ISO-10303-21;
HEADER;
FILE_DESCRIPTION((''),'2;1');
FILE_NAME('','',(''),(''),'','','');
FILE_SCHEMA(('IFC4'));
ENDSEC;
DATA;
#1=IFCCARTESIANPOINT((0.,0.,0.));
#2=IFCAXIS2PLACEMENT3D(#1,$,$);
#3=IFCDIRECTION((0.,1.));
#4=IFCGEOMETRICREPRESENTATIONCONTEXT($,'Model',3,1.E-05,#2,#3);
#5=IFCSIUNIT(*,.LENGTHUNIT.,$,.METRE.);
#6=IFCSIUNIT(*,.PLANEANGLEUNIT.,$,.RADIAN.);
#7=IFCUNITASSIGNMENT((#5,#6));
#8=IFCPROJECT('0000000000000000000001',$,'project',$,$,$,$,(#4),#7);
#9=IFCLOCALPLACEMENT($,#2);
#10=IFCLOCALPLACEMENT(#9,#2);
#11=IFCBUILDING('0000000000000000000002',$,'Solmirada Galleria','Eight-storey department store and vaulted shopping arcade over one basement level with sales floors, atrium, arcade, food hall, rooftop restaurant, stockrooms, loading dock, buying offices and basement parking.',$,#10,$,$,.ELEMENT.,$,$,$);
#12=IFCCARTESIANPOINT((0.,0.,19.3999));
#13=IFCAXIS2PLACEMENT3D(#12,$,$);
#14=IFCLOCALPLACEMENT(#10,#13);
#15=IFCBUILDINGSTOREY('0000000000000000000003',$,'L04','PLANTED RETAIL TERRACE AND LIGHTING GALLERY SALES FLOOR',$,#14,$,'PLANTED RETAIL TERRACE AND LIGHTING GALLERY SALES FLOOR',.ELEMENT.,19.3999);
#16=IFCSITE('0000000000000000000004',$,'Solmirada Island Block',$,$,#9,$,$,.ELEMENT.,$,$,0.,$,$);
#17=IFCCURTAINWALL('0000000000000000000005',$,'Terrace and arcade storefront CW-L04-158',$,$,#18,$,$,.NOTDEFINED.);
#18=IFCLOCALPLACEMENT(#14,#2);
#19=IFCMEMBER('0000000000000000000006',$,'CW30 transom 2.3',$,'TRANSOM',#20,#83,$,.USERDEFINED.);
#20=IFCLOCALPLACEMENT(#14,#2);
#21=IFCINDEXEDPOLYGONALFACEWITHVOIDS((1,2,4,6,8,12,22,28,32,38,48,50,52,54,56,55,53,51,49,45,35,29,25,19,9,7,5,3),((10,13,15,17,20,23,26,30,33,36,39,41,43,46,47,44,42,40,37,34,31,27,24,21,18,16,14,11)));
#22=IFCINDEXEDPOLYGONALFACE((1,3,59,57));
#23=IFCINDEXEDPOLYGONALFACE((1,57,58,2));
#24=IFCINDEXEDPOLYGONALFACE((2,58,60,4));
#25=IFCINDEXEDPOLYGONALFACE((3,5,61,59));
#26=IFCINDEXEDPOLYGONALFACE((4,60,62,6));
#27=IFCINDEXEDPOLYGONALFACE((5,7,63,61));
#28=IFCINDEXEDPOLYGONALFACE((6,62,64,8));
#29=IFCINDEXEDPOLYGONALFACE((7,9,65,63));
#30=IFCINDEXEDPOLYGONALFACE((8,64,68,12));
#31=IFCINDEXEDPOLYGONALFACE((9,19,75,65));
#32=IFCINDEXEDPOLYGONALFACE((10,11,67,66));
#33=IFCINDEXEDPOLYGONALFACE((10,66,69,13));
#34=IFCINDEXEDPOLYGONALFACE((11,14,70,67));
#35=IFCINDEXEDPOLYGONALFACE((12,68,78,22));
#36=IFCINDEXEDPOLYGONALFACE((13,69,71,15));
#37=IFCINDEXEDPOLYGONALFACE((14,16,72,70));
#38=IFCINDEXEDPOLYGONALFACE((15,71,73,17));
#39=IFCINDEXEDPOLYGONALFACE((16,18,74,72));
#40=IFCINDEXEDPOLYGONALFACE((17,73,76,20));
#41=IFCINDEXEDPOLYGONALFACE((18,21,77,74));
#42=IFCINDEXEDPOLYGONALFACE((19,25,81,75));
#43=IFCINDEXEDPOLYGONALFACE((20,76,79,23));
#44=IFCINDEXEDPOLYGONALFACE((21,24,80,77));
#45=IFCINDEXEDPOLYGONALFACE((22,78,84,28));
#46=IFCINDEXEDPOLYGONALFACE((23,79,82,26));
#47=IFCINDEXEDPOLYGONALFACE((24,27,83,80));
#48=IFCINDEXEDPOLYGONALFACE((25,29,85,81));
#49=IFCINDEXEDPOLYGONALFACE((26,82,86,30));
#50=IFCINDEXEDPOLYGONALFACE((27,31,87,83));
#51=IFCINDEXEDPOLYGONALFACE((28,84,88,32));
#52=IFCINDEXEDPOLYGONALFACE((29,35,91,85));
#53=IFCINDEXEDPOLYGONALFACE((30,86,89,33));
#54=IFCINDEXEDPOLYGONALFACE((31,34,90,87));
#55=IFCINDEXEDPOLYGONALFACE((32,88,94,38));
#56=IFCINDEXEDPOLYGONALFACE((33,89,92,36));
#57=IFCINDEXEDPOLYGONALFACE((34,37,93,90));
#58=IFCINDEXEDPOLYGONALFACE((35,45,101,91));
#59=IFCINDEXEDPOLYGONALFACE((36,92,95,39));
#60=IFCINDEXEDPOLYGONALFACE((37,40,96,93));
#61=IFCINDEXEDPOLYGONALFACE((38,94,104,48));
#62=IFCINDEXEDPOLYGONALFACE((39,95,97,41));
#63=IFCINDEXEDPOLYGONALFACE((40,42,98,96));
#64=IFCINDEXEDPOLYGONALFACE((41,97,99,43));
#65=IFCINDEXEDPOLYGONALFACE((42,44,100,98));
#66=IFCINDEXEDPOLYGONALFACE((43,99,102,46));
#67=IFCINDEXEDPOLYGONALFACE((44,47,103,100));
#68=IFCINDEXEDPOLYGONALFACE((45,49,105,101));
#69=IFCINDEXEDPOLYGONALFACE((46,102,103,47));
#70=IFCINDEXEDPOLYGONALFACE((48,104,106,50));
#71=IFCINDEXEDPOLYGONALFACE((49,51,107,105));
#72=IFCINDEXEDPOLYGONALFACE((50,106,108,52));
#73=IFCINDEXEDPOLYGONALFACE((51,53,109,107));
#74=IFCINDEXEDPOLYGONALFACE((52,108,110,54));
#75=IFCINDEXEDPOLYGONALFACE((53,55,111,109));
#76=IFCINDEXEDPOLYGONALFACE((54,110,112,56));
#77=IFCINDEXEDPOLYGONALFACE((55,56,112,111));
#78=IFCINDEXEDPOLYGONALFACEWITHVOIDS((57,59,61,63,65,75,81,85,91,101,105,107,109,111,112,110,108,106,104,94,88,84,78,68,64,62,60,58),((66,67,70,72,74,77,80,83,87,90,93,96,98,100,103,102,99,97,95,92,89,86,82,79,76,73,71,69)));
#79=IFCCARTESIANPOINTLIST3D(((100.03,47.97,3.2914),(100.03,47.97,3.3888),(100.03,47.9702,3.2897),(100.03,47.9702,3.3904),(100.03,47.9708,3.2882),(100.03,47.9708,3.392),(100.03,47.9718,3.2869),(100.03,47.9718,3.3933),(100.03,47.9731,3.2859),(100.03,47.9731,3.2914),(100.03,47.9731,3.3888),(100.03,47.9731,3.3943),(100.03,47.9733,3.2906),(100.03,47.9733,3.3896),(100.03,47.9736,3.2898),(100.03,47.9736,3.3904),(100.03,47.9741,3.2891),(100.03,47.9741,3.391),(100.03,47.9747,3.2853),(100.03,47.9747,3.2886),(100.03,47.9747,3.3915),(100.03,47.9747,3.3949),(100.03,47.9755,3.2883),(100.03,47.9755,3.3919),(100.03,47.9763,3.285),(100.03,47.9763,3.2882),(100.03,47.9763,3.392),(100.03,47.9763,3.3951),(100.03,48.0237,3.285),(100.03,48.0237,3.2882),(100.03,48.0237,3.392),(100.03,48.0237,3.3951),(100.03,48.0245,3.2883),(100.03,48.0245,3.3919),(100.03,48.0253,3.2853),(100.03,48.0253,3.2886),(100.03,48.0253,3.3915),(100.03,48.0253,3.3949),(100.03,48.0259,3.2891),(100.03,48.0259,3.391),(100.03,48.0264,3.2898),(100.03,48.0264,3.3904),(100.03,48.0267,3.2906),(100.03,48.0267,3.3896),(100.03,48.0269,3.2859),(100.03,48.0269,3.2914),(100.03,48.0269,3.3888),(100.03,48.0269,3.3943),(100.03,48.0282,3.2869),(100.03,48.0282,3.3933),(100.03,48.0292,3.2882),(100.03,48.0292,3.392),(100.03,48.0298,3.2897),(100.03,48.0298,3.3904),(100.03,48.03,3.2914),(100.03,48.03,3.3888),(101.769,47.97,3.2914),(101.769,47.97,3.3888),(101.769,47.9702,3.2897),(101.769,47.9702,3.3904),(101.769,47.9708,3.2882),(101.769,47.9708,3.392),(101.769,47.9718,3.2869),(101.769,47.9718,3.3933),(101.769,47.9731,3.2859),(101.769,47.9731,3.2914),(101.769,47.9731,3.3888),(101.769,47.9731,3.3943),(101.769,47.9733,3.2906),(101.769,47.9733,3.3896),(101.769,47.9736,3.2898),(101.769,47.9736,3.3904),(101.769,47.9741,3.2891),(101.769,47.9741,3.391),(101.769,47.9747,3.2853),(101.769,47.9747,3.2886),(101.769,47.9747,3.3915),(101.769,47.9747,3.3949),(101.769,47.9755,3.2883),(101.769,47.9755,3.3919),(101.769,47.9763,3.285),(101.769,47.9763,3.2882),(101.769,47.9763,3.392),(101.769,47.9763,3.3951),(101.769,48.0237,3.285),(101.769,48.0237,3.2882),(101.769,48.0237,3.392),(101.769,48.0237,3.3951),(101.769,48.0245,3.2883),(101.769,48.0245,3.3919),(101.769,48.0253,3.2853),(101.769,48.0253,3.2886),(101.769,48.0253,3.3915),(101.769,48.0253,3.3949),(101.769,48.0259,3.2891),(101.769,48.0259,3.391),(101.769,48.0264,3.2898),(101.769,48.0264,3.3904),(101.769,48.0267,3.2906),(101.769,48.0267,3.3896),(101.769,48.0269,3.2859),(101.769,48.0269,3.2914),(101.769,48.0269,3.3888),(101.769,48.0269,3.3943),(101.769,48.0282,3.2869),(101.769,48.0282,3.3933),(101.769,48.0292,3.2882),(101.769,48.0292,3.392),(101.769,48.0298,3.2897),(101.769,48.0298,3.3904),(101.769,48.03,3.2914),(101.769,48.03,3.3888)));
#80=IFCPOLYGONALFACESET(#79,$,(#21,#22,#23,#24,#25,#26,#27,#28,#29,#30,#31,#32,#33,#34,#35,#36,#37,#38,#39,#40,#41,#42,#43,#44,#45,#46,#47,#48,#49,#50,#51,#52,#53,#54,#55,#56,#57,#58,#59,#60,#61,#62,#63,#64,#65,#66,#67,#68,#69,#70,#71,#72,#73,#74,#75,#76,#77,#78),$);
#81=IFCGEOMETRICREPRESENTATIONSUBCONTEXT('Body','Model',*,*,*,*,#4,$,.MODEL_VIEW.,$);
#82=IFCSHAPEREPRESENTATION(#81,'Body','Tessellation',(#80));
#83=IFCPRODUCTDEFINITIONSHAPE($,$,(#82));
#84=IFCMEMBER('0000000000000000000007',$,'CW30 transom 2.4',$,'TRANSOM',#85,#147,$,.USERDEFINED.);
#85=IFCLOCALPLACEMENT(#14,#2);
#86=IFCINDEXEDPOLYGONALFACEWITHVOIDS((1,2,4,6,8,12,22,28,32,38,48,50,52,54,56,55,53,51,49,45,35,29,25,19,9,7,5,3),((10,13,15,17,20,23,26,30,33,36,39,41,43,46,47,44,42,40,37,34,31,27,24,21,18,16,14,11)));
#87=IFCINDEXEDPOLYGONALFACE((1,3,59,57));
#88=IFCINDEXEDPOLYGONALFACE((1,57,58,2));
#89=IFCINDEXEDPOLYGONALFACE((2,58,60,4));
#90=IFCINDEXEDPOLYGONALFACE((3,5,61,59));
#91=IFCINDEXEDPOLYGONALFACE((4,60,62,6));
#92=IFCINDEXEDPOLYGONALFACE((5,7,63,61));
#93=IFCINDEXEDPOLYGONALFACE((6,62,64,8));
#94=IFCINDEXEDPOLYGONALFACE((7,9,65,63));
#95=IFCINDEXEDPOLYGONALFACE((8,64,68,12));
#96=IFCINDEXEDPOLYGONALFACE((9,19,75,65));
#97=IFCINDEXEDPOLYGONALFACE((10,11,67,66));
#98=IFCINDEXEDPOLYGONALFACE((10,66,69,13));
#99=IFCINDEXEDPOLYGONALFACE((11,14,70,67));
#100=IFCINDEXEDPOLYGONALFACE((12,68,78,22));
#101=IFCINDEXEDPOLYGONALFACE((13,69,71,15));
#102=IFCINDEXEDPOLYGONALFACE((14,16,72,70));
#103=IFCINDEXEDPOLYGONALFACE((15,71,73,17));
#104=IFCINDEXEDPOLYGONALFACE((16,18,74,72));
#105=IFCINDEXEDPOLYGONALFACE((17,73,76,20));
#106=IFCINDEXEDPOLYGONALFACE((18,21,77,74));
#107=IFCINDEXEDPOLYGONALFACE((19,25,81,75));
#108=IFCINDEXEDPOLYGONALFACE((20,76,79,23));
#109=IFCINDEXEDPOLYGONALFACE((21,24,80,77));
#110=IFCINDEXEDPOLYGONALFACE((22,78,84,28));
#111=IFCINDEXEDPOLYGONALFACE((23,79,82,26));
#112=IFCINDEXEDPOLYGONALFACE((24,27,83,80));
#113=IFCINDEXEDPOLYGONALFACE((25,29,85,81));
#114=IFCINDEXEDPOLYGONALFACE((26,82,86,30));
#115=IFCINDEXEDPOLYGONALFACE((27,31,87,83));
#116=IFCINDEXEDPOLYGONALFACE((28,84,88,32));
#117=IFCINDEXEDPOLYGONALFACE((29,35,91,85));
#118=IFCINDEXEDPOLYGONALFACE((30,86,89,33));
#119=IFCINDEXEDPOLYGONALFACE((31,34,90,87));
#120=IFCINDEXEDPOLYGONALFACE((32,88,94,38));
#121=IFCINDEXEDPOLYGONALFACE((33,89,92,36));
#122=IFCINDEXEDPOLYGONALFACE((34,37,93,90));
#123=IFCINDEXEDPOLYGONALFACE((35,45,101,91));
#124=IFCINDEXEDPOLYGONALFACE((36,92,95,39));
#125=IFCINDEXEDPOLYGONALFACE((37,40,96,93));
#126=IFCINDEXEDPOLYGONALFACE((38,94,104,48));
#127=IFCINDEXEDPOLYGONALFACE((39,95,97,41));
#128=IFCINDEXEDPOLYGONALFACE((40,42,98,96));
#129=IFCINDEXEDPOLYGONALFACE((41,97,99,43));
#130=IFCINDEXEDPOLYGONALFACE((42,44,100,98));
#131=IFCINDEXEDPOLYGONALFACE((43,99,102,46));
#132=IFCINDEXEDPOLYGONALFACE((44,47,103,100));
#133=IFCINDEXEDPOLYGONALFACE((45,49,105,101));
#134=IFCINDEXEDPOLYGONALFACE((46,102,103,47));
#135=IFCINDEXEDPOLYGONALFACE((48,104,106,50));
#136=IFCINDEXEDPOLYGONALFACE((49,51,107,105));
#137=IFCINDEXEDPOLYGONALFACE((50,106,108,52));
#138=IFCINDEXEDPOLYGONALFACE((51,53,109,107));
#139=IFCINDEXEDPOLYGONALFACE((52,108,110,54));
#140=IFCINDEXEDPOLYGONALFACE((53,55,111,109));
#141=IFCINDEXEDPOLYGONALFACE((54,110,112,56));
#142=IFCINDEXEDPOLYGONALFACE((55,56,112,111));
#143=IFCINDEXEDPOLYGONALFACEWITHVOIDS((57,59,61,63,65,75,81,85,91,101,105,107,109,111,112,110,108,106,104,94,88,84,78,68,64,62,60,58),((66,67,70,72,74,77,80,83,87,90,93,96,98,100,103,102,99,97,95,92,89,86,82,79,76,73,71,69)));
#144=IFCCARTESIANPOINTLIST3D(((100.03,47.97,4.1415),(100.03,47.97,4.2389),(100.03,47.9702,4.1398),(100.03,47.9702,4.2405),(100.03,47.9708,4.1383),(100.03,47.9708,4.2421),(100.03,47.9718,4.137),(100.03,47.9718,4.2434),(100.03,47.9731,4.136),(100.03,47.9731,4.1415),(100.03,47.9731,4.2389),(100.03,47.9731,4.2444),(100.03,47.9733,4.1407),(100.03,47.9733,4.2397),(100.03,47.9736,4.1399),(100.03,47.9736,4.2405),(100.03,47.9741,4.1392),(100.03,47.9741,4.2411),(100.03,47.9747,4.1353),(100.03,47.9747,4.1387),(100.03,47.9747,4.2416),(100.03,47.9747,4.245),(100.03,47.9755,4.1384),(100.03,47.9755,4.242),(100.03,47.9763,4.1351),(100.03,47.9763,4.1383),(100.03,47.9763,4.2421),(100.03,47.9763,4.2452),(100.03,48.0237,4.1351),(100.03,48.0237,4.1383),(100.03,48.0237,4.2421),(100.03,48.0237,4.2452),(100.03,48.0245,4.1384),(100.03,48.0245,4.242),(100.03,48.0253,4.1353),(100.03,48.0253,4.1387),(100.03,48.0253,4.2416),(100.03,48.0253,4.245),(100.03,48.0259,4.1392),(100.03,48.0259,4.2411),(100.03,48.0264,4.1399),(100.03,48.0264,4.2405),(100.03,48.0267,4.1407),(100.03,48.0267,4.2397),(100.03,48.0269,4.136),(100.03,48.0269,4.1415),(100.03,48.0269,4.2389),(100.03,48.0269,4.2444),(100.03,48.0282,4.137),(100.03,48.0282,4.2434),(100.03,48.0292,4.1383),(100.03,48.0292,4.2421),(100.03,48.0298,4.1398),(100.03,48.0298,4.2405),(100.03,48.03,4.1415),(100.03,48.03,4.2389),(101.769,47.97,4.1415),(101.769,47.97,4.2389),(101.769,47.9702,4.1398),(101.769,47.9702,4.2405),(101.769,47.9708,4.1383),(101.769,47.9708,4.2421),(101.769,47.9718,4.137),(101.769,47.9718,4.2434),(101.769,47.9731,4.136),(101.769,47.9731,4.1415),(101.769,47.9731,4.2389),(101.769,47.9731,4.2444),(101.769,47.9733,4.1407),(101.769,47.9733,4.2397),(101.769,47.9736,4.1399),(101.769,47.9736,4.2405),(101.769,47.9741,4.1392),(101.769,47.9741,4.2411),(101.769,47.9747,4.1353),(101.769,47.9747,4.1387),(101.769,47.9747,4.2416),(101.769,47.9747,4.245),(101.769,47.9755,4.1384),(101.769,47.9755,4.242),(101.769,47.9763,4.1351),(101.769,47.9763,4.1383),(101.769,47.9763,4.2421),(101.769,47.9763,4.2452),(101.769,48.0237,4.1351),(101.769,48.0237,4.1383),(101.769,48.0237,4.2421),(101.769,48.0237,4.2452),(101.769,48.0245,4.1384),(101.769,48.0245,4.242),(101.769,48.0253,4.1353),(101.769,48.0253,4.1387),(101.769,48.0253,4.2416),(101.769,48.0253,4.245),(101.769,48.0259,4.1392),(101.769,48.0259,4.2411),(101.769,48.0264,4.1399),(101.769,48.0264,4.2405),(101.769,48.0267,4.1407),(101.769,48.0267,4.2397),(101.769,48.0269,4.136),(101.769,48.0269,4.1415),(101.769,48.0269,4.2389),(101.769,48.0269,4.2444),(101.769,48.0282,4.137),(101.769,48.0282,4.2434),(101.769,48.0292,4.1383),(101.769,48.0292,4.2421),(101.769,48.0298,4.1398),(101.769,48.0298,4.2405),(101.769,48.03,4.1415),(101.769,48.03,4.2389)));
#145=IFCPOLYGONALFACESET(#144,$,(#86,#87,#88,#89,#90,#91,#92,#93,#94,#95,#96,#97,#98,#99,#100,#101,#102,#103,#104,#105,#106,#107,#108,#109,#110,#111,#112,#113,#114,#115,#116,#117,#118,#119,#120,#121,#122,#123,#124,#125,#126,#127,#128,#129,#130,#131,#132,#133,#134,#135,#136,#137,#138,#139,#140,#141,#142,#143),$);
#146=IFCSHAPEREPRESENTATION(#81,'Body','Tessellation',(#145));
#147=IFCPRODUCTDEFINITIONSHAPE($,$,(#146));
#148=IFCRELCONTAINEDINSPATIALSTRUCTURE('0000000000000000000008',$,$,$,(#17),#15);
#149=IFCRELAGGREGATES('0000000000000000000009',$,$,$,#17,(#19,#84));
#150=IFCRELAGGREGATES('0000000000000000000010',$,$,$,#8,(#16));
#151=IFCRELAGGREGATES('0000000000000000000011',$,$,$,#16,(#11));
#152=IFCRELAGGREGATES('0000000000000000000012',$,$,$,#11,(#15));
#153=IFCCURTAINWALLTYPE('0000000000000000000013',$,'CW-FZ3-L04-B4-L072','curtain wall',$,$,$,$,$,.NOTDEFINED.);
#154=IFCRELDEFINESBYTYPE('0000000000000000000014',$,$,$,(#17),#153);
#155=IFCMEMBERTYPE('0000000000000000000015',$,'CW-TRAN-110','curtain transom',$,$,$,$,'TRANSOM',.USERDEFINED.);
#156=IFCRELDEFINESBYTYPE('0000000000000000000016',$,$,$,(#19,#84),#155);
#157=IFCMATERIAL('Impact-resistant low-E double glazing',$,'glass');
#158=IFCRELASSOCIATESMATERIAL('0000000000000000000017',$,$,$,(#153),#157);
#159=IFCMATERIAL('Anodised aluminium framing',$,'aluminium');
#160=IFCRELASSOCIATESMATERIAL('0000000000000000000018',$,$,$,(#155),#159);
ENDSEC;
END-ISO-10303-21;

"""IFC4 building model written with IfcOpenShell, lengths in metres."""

from ifc_helpers import new_model, si_unit, direction, frame, origin, origin_2d, place, context, subcontext, project, spatial, hollow_rectangle, extrude, material, material_profile, profile_set, type_object, element, aggregate, save


model = new_model("IFC4")

# Units and contexts
model_context = context("Model", 3, precision=1e-05, world=origin(), true_north=direction((0.0, 1.0)))
body_context = subcontext(model_context, "Body", "Model", "MODEL_VIEW")
ifc_project = project(units=[si_unit("LENGTHUNIT", "METRE"), si_unit("PLANEANGLEUNIT", "RADIAN")], contexts=[model_context])

# Site, building, storey
site_placement = place(None, origin())
site = spatial("IfcSite", under=ifc_project, at=site_placement, Name="Solmirada Island Block", CompositionType="ELEMENT", RefElevation=0.0)
building_placement = place(site_placement, origin())
building = spatial("IfcBuilding", under=site, at=building_placement, Name="Solmirada Galleria", Description="Eight-storey department store and vaulted shopping arcade over one basement level with sales floors, atrium, arcade, food hall, rooftop restaurant, stockrooms, loading dock, buying offices and basement parking.", CompositionType="ELEMENT")
storey_placement = place(building_placement, frame((0.0, 0.0, 19.3999)))
storey = spatial("IfcBuildingStorey", under=building, at=storey_placement, Name="L04", Description="PLANTED RETAIL TERRACE AND LIGHTING GALLERY SALES FLOOR", LongName="PLANTED RETAIL TERRACE AND LIGHTING GALLERY SALES FLOOR", CompositionType="ELEMENT", Elevation=19.3999)

# Curtain wall, members
ifc_material_1 = material(Name="Impact-resistant low-E double glazing", Category="glass")
curtain_wall_type = type_object("IfcCurtainWallType", Name="CW-FZ3-L04-B4-L072", Description="curtain wall", PredefinedType="NOTDEFINED", material=ifc_material_1)
curtain_wall_placement = place(storey_placement, origin())
curtain_wall = element("IfcCurtainWall", 1, at=curtain_wall_placement, inside=storey, type_object=curtain_wall_type, Name="Terrace and arcade storefront CW-L04-158", PredefinedType="NOTDEFINED")
ifc_material_2 = material(Name="Anodised aluminium framing", Category="aluminium")
ifc_material_profile_1 = material_profile(ifc_material_2, hollow_rectangle(XDim=0.0601, YDim=0.1101, WallThickness=0.0032, InnerFilletRadius=0.0032, OuterFilletRadius=0.0063, at=origin_2d()), Name="ALU-TRAN-110X60")
ifc_profile_set_1 = profile_set([ifc_material_profile_1], Name="Anodised aluminium framing")
member_type_1 = type_object("IfcMemberType", Name="CW-TRAN-110", Description="curtain transom", ElementType="TRANSOM", PredefinedType="USERDEFINED", material=ifc_profile_set_1)
member_1_placement = place(storey_placement, frame((101.769, 48.0, 3.3401), z_axis=(-1.0, 0.0, 0.0), x_axis=(0.0, -1.0, 0.0)))
member_1 = element("IfcMember", 2, at=member_1_placement, type_object=member_type_1, Name="CW30 transom 2.3", ObjectType="TRANSOM", PredefinedType="USERDEFINED", context=body_context, shape_type="SweptSolid", body=[
    extrude(hollow_rectangle(XDim=0.0601, YDim=0.1101, WallThickness=0.0032, InnerFilletRadius=0.0032, OuterFilletRadius=0.0063, at=origin_2d()), origin(), (0.0, 0.0, 1.0), 1.739),
])
member_2_placement = place(storey_placement, frame((101.769, 48.0, 4.1902), z_axis=(-1.0, 0.0, 0.0), x_axis=(0.0, -1.0, 0.0)))
member_2 = element("IfcMember", 3, at=member_2_placement, type_object=member_type_1, Name="CW30 transom 2.4", ObjectType="TRANSOM", PredefinedType="USERDEFINED", context=body_context, shape_type="SweptSolid", body=[
    extrude(hollow_rectangle(XDim=0.0601, YDim=0.1101, WallThickness=0.0032, InnerFilletRadius=0.0032, OuterFilletRadius=0.0063, at=origin_2d()), origin(), (0.0, 0.0, 1.0), 1.739),
])
aggregate(curtain_wall, [member_1, member_2])

save(model, "model.ifc")
